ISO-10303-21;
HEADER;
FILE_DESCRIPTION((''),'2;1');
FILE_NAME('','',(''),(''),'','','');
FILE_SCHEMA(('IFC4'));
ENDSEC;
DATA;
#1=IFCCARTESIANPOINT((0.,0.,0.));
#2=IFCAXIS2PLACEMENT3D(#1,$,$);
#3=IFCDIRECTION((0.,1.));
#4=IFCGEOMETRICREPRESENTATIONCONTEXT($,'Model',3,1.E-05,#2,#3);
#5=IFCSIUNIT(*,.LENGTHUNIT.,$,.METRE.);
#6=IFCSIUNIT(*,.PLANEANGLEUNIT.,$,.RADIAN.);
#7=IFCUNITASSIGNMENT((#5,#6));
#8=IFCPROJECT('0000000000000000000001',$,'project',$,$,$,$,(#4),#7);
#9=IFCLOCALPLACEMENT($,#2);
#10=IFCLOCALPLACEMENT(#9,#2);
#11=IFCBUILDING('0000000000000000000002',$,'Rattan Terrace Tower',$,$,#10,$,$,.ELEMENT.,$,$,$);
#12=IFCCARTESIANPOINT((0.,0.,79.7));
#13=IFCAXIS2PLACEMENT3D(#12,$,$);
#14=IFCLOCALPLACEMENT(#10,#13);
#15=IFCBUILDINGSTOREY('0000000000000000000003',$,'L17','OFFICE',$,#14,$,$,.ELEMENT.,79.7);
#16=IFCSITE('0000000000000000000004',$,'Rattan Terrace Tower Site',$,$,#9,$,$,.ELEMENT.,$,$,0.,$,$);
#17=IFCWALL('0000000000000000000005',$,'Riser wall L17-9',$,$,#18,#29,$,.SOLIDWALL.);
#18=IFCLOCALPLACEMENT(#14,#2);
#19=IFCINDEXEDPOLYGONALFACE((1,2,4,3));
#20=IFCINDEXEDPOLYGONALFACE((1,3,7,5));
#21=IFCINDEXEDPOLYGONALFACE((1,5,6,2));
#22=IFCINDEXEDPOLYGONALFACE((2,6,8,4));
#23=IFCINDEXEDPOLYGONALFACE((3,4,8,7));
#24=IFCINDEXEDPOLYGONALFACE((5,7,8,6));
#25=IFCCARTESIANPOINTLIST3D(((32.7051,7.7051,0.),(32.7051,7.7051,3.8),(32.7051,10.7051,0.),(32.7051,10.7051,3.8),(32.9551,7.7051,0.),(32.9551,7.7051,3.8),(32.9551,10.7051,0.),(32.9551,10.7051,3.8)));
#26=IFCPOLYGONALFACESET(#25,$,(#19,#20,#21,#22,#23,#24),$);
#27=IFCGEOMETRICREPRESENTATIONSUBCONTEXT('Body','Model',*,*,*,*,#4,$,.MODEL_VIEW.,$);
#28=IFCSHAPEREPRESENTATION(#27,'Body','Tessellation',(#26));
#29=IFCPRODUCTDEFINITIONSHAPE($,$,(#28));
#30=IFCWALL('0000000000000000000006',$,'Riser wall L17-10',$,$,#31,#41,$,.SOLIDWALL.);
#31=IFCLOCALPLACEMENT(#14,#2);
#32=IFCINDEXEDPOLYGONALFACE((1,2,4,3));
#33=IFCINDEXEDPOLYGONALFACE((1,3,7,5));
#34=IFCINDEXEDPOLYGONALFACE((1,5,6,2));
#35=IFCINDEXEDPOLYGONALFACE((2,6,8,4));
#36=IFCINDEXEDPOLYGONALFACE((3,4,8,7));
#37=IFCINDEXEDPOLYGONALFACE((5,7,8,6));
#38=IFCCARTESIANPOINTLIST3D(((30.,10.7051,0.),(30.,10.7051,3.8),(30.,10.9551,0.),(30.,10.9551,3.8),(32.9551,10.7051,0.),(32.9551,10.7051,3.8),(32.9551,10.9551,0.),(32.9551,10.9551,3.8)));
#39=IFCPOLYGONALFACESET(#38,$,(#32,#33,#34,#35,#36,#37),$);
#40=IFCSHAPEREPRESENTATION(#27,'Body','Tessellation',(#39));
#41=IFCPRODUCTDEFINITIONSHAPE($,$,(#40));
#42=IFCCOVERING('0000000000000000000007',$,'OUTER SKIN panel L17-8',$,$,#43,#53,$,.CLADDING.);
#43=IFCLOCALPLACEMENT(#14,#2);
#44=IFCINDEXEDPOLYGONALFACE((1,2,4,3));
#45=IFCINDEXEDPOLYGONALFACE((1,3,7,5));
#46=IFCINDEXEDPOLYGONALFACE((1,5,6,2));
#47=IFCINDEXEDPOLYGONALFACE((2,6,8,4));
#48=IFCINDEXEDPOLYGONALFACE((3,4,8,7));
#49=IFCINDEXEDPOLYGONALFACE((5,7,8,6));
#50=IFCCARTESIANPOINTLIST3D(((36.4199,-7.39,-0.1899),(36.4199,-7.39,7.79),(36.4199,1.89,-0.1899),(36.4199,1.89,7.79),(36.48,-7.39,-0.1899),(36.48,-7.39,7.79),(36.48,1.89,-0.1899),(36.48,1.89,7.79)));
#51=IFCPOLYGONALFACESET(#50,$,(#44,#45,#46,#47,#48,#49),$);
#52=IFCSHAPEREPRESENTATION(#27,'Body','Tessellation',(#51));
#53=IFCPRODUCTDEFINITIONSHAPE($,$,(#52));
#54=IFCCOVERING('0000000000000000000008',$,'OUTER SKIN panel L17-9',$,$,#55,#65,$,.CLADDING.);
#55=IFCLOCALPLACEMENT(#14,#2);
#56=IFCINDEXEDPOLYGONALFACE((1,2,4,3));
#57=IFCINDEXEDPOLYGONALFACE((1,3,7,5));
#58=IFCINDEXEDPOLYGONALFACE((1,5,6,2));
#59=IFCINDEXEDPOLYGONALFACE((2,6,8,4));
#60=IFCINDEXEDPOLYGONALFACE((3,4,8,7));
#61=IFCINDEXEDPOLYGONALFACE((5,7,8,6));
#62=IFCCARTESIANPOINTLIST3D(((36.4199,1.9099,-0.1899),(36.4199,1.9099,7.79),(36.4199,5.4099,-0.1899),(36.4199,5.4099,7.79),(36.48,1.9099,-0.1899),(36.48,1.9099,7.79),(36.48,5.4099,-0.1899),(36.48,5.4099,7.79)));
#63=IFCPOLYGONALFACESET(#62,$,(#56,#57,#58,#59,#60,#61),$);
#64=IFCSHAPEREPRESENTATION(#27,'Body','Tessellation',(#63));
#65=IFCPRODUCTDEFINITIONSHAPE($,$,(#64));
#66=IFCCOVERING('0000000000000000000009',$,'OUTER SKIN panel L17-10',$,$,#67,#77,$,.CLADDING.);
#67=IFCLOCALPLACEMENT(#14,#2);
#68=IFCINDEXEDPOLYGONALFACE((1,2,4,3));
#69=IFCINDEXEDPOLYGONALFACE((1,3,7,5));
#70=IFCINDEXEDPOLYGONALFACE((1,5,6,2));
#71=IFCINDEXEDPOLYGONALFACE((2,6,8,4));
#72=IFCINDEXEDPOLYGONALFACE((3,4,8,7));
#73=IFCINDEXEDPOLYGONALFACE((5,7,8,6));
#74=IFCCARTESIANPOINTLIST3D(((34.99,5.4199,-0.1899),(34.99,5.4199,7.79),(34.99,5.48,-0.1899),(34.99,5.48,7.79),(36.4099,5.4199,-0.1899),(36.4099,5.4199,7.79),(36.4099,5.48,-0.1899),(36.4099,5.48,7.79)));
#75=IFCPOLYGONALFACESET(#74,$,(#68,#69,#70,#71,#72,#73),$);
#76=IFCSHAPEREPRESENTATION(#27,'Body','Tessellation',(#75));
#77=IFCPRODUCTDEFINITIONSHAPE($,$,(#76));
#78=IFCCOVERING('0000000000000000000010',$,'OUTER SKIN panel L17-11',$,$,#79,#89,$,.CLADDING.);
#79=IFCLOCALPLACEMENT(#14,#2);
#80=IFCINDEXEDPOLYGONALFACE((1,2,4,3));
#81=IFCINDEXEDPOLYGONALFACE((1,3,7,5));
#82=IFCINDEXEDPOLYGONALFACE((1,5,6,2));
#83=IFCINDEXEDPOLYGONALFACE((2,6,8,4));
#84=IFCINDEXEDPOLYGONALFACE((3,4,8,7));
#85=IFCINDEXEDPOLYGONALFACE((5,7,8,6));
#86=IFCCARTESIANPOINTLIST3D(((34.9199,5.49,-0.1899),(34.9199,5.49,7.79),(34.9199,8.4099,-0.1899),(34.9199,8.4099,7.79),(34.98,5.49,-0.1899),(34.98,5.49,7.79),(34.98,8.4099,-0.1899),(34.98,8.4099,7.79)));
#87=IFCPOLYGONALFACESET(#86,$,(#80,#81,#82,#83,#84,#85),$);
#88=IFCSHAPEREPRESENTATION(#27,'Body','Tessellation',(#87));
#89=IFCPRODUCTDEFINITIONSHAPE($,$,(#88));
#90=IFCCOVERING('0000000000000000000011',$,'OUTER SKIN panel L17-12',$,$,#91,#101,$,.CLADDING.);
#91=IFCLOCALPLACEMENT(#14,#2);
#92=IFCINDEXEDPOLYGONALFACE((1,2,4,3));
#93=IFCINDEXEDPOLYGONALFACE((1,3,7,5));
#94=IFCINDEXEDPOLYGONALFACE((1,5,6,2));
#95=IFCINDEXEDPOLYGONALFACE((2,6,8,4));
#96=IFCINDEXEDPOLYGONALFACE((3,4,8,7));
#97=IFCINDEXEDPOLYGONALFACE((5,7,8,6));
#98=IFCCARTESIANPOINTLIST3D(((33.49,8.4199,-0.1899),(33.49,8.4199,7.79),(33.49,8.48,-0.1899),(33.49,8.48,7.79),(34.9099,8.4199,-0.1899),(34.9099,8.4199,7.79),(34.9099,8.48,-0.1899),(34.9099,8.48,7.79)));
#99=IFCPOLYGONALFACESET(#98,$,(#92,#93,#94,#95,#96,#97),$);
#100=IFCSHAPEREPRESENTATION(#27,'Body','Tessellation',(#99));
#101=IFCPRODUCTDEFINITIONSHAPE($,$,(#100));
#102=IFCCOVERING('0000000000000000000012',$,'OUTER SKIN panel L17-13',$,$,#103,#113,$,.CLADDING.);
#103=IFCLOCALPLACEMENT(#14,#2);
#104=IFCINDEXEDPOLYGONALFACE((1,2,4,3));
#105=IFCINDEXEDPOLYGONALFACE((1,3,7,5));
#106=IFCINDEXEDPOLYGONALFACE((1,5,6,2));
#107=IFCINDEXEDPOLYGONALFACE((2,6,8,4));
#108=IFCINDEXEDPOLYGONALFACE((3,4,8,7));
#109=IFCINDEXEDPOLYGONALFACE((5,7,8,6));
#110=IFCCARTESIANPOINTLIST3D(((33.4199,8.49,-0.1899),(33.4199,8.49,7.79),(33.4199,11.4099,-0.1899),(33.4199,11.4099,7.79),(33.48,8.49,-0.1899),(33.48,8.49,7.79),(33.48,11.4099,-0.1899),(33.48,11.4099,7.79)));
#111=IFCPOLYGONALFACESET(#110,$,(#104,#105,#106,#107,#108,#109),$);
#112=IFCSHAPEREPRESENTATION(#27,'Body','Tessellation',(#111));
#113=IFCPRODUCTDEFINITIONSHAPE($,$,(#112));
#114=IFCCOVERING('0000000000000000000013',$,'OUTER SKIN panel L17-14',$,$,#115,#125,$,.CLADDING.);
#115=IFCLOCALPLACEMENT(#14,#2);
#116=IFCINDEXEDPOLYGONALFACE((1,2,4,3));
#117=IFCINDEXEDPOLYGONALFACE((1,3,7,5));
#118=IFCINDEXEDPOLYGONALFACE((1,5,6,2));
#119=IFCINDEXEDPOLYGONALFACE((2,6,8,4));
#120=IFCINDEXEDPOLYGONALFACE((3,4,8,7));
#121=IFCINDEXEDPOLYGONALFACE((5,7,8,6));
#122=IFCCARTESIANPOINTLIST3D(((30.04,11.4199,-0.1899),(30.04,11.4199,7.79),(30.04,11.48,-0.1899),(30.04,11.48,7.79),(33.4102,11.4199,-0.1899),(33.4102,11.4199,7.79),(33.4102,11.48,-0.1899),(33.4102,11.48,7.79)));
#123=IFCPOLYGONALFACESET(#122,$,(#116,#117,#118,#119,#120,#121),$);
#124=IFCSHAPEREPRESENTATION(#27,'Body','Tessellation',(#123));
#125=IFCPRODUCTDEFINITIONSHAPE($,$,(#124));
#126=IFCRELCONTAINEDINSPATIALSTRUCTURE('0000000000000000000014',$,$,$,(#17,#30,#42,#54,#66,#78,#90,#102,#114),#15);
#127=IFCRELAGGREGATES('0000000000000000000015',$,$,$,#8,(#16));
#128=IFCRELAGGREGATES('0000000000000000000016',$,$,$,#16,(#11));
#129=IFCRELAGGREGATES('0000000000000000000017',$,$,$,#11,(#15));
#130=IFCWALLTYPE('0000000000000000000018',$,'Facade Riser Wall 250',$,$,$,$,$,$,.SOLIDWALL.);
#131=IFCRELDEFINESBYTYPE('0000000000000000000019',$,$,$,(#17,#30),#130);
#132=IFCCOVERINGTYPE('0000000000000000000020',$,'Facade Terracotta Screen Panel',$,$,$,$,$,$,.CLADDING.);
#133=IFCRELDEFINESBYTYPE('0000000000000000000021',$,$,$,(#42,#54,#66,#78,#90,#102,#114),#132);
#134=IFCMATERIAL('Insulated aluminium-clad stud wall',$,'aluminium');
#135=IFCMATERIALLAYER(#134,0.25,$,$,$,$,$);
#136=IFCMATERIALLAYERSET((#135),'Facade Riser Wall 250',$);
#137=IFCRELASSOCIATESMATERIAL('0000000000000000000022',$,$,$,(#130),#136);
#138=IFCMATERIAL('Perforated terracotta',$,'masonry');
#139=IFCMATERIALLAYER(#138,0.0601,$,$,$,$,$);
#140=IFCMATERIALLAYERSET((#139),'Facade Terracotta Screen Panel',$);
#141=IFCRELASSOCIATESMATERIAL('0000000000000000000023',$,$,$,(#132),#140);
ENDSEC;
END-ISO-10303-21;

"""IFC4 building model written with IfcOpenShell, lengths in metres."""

from ifc_helpers import new_model, si_unit, direction, frame, frame_2d, origin, origin_2d, place, context, subcontext, project, spatial, rectangle, extrude, material, layer, layer_set, type_object, element, save


model = new_model("IFC4")

# Units and contexts
model_context = context("Model", 3, precision=1e-05, world=origin(), true_north=direction((0.0, 1.0)))
body_context = subcontext(model_context, "Body", "Model", "MODEL_VIEW")
ifc_project = project(units=[si_unit("LENGTHUNIT", "METRE"), si_unit("PLANEANGLEUNIT", "RADIAN")], contexts=[model_context])

# Site, building, storey
site_placement = place(None, origin())
site = spatial("IfcSite", under=ifc_project, at=site_placement, Name="Rattan Terrace Tower Site", CompositionType="ELEMENT", RefElevation=0.0)
building_placement = place(site_placement, origin())
building = spatial("IfcBuilding", under=site, at=building_placement, Name="Rattan Terrace Tower", CompositionType="ELEMENT")
storey_placement = place(building_placement, frame((0.0, 0.0, 79.7)))
storey = spatial("IfcBuildingStorey", under=building, at=storey_placement, Name="L17", Description="OFFICE", CompositionType="ELEMENT", Elevation=79.7)

# Walls
ifc_material_1 = material(Name="Insulated aluminium-clad stud wall", Category="aluminium")
ifc_layer_1 = layer(ifc_material_1, 0.25)
ifc_layer_set_1 = layer_set([ifc_layer_1], Name="Facade Riser Wall 250")
wall_type = type_object("IfcWallType", Name="Facade Riser Wall 250", PredefinedType="SOLIDWALL", material=ifc_layer_set_1)
wall_1_placement = place(storey_placement, frame((32.8301, 7.7051, 0.0), z_axis=(0.0, 0.0, 1.0), x_axis=(0.0, 1.0, 0.0)))
element("IfcWall", 1, at=wall_1_placement, inside=storey, type_object=wall_type, Name="Riser wall L17-9", PredefinedType="SOLIDWALL", context=body_context, shape_type="SweptSolid", body=[
    extrude(rectangle(XDim=3.0, YDim=0.25, at=frame_2d((1.5, 0.0))), origin(), (0.0, 0.0, 1.0), 3.8),
])
wall_2_placement = place(storey_placement, frame((32.9551, 10.8301, 0.0), z_axis=(0.0, 0.0, 1.0), x_axis=(-1.0, 0.0, 0.0)))
element("IfcWall", 2, at=wall_2_placement, inside=storey, type_object=wall_type, Name="Riser wall L17-10", PredefinedType="SOLIDWALL", context=body_context, shape_type="SweptSolid", body=[
    extrude(rectangle(XDim=2.9551, YDim=0.25, at=frame_2d((1.4775, 0.0))), origin(), (0.0, 0.0, 1.0), 3.8),
])

# Coverings
ifc_material_2 = material(Name="Perforated terracotta", Category="masonry")
ifc_layer_2 = layer(ifc_material_2, 0.0601)
ifc_layer_set_2 = layer_set([ifc_layer_2], Name="Facade Terracotta Screen Panel")
covering_type = type_object("IfcCoveringType", Name="Facade Terracotta Screen Panel", PredefinedType="CLADDING", material=ifc_layer_set_2)
covering_1_placement = place(storey_placement, frame((36.45, -2.75, -0.1899), z_axis=(0.0, 0.0, 1.0), x_axis=(0.0, 1.0, 0.0)))
element("IfcCovering", 3, at=covering_1_placement, inside=storey, type_object=covering_type, Name="OUTER SKIN panel L17-8", PredefinedType="CLADDING", context=body_context, shape_type="SweptSolid", body=[
    extrude(rectangle(XDim=9.28, YDim=0.0601, at=origin_2d()), origin(), (0.0, 0.0, 1.0), 7.98),
])
covering_2_placement = place(storey_placement, frame((36.45, 3.6599, -0.1899), z_axis=(0.0, 0.0, 1.0), x_axis=(0.0, 1.0, 0.0)))
element("IfcCovering", 4, at=covering_2_placement, inside=storey, type_object=covering_type, Name="OUTER SKIN panel L17-9", PredefinedType="CLADDING", context=body_context, shape_type="SweptSolid", body=[
    extrude(rectangle(XDim=3.5, YDim=0.0601, at=origin_2d()), origin(), (0.0, 0.0, 1.0), 7.98),
])
covering_3_placement = place(storey_placement, frame((35.7, 5.45, -0.1899), z_axis=(0.0, 0.0, 1.0), x_axis=(-1.0, 0.0, 0.0)))
element("IfcCovering", 5, at=covering_3_placement, inside=storey, type_object=covering_type, Name="OUTER SKIN panel L17-10", PredefinedType="CLADDING", context=body_context, shape_type="SweptSolid", body=[
    extrude(rectangle(XDim=1.4199, YDim=0.0601, at=origin_2d()), origin(), (0.0, 0.0, 1.0), 7.98),
])
covering_4_placement = place(storey_placement, frame((34.95, 6.95, -0.1899), z_axis=(0.0, 0.0, 1.0), x_axis=(0.0, 1.0, 0.0)))
element("IfcCovering", 6, at=covering_4_placement, inside=storey, type_object=covering_type, Name="OUTER SKIN panel L17-11", PredefinedType="CLADDING", context=body_context, shape_type="SweptSolid", body=[
    extrude(rectangle(XDim=2.9199, YDim=0.0601, at=origin_2d()), origin(), (0.0, 0.0, 1.0), 7.98),
])
covering_5_placement = place(storey_placement, frame((34.2, 8.45, -0.1899), z_axis=(0.0, 0.0, 1.0), x_axis=(-1.0, 0.0, 0.0)))
element("IfcCovering", 7, at=covering_5_placement, inside=storey, type_object=covering_type, Name="OUTER SKIN panel L17-12", PredefinedType="CLADDING", context=body_context, shape_type="SweptSolid", body=[
    extrude(rectangle(XDim=1.4199, YDim=0.0601, at=origin_2d()), origin(), (0.0, 0.0, 1.0), 7.98),
])
covering_6_placement = place(storey_placement, frame((33.45, 9.95, -0.1899), z_axis=(0.0, 0.0, 1.0), x_axis=(0.0, 1.0, 0.0)))
element("IfcCovering", 8, at=covering_6_placement, inside=storey, type_object=covering_type, Name="OUTER SKIN panel L17-13", PredefinedType="CLADDING", context=body_context, shape_type="SweptSolid", body=[
    extrude(rectangle(XDim=2.9199, YDim=0.0601, at=origin_2d()), origin(), (0.0, 0.0, 1.0), 7.98),
])
covering_7_placement = place(storey_placement, frame((31.7251, 11.45, -0.1899), z_axis=(0.0, 0.0, 1.0), x_axis=(-1.0, 0.0, 0.0)))
element("IfcCovering", 9, at=covering_7_placement, inside=storey, type_object=covering_type, Name="OUTER SKIN panel L17-14", PredefinedType="CLADDING", context=body_context, shape_type="SweptSolid", body=[
    extrude(rectangle(XDim=3.3701, YDim=0.0601, at=origin_2d()), origin(), (0.0, 0.0, 1.0), 7.98),
])

save(model, "model.ifc")
